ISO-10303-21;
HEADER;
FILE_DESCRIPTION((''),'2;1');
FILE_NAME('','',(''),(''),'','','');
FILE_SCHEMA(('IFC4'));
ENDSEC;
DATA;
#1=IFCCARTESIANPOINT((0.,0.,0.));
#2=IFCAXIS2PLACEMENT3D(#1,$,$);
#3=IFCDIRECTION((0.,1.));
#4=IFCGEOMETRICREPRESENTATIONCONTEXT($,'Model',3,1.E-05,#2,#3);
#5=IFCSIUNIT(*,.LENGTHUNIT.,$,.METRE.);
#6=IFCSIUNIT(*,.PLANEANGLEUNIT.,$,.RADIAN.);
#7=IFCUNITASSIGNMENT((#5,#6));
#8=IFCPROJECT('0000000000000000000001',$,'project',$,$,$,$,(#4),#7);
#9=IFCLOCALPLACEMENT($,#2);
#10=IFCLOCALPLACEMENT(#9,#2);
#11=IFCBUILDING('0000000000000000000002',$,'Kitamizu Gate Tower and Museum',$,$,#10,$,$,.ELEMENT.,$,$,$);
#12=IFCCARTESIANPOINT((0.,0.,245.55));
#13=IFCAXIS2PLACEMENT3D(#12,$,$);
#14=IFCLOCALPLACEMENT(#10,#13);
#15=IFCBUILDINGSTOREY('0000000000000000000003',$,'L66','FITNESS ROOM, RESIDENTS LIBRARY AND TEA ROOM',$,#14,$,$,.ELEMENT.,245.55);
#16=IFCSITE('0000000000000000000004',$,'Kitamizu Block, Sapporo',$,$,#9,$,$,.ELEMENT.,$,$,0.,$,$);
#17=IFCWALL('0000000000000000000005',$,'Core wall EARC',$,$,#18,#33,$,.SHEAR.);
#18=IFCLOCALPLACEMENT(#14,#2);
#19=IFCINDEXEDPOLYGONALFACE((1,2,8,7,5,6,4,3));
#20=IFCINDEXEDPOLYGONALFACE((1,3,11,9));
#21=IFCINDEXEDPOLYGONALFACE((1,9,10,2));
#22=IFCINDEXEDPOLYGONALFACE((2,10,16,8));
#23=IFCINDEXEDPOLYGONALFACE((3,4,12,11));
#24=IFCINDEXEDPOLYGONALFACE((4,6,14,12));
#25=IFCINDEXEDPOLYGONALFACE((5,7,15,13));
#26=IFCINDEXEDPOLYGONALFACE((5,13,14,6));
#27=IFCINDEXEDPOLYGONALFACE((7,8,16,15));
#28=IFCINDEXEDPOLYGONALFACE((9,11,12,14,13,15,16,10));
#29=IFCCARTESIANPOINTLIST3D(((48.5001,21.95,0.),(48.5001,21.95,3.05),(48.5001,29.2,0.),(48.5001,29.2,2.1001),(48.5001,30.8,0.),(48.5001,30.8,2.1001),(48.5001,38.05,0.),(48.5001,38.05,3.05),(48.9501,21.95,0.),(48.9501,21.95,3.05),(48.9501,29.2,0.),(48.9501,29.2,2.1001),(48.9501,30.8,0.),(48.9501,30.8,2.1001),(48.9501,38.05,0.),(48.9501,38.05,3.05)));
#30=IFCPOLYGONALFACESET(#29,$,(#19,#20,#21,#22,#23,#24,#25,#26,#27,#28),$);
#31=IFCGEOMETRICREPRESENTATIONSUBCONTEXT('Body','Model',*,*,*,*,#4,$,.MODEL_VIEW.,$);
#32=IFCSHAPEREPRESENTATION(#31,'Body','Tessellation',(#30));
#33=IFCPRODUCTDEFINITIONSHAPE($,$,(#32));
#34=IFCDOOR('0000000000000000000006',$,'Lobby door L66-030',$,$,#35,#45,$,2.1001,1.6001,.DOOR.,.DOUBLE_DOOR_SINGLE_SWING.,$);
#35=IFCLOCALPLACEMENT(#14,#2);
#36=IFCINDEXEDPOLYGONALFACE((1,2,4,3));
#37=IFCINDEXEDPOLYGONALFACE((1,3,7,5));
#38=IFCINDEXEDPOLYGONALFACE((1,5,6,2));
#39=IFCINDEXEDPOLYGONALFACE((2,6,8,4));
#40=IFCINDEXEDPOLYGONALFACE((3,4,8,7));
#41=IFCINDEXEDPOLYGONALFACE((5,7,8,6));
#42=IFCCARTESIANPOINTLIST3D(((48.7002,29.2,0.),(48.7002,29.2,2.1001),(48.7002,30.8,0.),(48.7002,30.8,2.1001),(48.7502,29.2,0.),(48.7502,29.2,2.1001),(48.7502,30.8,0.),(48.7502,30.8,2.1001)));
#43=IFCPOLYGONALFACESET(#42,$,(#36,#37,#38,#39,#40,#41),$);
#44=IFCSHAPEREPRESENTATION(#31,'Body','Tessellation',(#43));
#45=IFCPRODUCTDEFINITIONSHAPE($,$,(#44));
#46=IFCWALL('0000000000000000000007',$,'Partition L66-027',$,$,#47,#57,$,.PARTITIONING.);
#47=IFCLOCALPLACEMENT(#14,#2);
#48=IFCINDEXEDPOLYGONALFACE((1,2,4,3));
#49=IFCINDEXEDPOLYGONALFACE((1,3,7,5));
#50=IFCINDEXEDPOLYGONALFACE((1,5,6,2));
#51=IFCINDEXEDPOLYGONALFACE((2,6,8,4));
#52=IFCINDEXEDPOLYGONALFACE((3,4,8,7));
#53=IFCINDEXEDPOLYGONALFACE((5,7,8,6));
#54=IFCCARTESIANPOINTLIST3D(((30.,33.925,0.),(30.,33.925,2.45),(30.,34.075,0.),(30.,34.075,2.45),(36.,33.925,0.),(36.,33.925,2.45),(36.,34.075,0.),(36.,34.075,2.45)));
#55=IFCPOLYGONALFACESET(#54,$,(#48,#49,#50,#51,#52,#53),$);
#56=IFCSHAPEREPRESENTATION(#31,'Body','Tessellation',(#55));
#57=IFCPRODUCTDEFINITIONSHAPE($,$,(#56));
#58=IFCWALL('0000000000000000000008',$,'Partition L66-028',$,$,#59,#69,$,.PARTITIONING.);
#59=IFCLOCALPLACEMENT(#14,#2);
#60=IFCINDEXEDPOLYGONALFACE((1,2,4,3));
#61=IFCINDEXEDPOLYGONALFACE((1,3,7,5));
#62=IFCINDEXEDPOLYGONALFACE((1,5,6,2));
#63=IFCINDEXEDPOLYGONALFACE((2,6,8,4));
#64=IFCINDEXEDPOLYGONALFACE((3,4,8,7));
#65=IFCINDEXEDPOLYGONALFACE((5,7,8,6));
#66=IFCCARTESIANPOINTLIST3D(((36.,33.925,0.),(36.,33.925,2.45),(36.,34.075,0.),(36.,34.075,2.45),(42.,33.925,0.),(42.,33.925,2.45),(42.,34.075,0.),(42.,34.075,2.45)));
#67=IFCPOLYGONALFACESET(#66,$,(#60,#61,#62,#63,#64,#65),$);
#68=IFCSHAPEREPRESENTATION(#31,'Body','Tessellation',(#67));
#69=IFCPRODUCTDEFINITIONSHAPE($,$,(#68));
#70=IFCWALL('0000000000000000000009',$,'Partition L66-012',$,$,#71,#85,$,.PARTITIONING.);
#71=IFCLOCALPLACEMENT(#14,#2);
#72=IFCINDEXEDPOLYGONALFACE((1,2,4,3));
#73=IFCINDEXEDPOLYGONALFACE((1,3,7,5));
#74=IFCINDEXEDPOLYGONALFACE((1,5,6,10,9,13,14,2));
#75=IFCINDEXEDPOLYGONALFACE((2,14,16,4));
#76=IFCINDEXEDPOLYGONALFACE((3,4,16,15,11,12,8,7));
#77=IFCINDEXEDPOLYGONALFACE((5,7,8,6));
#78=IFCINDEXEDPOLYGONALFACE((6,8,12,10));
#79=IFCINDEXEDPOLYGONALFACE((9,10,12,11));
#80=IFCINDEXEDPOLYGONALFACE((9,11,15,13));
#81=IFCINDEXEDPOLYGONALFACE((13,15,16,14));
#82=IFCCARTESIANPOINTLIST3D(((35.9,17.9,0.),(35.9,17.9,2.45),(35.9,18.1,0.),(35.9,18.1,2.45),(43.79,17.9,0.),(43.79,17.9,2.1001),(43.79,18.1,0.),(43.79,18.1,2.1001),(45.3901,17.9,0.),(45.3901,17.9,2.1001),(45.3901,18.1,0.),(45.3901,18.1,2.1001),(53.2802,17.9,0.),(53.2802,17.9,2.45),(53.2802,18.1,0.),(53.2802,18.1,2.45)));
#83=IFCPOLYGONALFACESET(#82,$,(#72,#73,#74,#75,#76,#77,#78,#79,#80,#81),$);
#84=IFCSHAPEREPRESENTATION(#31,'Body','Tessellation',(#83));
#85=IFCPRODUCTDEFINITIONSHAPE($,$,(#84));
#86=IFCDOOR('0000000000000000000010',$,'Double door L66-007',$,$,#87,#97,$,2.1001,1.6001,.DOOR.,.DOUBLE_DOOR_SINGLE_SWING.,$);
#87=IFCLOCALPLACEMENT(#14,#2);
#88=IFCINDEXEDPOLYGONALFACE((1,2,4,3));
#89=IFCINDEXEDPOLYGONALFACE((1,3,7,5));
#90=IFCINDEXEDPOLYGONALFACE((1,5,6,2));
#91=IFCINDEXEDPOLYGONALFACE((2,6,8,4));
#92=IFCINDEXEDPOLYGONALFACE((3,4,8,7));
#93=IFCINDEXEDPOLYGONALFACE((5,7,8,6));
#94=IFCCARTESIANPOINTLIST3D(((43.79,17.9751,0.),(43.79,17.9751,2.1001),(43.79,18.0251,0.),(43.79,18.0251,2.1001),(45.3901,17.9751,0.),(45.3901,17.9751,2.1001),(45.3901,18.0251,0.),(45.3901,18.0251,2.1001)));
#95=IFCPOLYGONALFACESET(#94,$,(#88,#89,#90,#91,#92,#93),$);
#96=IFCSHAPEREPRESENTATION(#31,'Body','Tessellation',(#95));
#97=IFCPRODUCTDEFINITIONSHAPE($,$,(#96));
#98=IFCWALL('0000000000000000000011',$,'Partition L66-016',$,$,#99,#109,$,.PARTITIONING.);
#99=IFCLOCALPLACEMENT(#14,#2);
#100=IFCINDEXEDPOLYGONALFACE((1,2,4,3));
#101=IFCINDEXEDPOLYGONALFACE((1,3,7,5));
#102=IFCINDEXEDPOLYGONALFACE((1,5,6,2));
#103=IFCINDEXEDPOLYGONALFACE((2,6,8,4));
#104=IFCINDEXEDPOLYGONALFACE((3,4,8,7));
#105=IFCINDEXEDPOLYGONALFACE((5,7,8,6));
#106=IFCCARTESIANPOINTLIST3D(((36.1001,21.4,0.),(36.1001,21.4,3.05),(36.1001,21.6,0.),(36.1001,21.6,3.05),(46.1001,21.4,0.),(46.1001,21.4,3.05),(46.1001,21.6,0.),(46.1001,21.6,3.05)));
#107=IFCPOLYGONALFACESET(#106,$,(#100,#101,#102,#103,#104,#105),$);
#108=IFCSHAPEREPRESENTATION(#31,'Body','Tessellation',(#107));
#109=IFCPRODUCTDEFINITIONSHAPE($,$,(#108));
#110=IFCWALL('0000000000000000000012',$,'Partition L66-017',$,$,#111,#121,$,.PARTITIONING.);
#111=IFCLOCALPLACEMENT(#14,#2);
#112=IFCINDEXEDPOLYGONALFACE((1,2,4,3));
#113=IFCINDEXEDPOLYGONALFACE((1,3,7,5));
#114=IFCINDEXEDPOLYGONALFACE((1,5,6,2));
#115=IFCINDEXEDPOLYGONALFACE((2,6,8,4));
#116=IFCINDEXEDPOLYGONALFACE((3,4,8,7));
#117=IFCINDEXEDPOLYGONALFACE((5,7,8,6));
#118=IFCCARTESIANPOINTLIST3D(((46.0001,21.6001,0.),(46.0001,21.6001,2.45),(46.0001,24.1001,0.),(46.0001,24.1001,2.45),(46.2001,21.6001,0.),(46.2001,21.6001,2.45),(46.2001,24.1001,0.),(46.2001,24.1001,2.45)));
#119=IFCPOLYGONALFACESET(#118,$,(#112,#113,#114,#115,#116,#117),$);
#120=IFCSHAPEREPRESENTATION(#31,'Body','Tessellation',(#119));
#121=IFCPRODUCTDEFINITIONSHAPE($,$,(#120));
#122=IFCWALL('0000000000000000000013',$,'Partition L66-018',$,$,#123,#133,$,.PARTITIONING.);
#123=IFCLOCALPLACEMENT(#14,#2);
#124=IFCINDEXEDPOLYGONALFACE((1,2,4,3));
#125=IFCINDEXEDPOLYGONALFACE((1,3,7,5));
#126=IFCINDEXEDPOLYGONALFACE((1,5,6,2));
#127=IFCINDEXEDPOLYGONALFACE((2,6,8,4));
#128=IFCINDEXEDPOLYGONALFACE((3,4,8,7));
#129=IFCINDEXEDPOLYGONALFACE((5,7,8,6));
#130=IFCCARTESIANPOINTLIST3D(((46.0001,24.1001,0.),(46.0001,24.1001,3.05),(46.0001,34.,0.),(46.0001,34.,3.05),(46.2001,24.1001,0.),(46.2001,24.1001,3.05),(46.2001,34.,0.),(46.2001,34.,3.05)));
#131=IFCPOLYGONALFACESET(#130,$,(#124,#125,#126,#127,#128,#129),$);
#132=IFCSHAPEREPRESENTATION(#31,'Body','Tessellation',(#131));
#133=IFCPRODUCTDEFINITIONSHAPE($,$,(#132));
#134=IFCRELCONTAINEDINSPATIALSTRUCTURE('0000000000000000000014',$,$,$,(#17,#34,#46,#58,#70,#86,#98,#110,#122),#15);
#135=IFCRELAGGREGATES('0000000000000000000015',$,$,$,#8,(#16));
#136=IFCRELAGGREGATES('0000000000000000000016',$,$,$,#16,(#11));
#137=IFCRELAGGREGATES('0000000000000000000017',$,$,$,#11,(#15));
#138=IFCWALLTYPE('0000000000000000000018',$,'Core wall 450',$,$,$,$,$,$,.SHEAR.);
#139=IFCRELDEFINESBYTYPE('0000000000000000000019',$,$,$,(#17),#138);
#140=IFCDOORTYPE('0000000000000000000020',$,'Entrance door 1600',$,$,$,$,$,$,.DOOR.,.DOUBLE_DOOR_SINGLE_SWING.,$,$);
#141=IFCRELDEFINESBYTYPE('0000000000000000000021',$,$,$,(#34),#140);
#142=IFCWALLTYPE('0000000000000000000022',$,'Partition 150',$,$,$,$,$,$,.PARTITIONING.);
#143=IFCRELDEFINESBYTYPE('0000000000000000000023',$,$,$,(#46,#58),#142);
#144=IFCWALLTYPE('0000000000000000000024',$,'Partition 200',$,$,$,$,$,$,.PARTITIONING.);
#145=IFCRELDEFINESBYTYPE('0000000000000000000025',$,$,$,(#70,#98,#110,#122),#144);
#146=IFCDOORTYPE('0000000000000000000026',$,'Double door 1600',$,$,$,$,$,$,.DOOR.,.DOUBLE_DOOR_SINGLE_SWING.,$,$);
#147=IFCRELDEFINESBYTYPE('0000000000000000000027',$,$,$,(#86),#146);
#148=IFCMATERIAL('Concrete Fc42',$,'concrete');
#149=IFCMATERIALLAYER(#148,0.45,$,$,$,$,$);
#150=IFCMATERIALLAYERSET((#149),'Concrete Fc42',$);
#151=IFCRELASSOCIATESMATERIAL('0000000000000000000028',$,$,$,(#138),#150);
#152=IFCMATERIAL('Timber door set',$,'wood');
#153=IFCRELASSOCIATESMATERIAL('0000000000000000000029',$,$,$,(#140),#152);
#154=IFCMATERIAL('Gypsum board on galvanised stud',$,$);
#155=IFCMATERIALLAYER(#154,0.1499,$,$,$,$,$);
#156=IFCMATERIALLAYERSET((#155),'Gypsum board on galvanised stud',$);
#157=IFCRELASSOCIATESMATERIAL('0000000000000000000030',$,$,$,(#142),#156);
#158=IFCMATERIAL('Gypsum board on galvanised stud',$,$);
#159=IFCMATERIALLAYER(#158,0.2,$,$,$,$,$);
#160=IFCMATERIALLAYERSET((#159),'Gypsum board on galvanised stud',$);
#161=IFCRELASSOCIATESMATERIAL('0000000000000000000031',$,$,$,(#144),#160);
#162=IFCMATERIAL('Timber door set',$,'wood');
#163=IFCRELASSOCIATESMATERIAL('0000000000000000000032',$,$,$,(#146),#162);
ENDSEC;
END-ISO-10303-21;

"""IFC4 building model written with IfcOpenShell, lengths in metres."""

from ifc_helpers import new_model, si_unit, direction, frame, frame_2d, origin, place, context, subcontext, project, spatial, rectangle, extrude, material, layer, layer_set, type_object, element, fill, save


model = new_model("IFC4")

# Units and contexts
model_context = context("Model", 3, precision=1e-05, world=origin(), true_north=direction((0.0, 1.0)))
body_context = subcontext(model_context, "Body", "Model", "MODEL_VIEW")
ifc_project = project(units=[si_unit("LENGTHUNIT", "METRE"), si_unit("PLANEANGLEUNIT", "RADIAN")], contexts=[model_context])

# Site, building, storey
site_placement = place(None, origin())
site = spatial("IfcSite", under=ifc_project, at=site_placement, Name="Kitamizu Block, Sapporo", CompositionType="ELEMENT", RefElevation=0.0)
building_placement = place(site_placement, origin())
building = spatial("IfcBuilding", under=site, at=building_placement, Name="Kitamizu Gate Tower and Museum", CompositionType="ELEMENT")
storey_placement = place(building_placement, frame((0.0, 0.0, 245.55)))
storey = spatial("IfcBuildingStorey", under=building, at=storey_placement, Name="L66", Description="FITNESS ROOM, RESIDENTS LIBRARY AND TEA ROOM", CompositionType="ELEMENT", Elevation=245.55)

# Wall, opening, door
ifc_material_1 = material(Name="Concrete Fc42", Category="concrete")
ifc_layer_1 = layer(ifc_material_1, 0.45)
ifc_layer_set_1 = layer_set([ifc_layer_1], Name="Concrete Fc42")
wall_type_1 = type_object("IfcWallType", Name="Core wall 450", PredefinedType="SHEAR", material=ifc_layer_set_1)
wall_1_placement = place(storey_placement, frame((48.7251, 21.95, 0.0), z_axis=(0.0, 0.0, 1.0), x_axis=(0.0, 1.0, 0.0)))
wall_1 = element("IfcWall", 1, at=wall_1_placement, inside=storey, type_object=wall_type_1, Name="Core wall EARC", PredefinedType="SHEAR", context=body_context, shape_type="SweptSolid", body=[
    extrude(rectangle(XDim=16.1001, YDim=0.45, at=frame_2d((8.05, 0.0))), origin(), (0.0, 0.0, 1.0), 3.05),
])
opening_1_placement = place(wall_1_placement, frame((7.25, 0.0, 0.0)))
opening_1 = element("IfcOpeningElement", 2, at=opening_1_placement, cuts=wall_1, PredefinedType="OPENING", context=body_context, shape_type="SweptSolid", body=[
    extrude(rectangle(XDim=1.6001, YDim=2.1001, at=frame_2d((0.8, 1.05))), frame((0.0, 0.2349, 0.0), z_axis=(0.0, -1.0, 0.0), x_axis=(1.0, 0.0, 0.0)), (0.0, 0.0, 1.0), 0.47),
])
ifc_material_2 = material(Name="Timber door set", Category="wood")
door_type_1 = type_object("IfcDoorType", Name="Entrance door 1600", OperationType="DOUBLE_DOOR_SINGLE_SWING", PredefinedType="DOOR", material=ifc_material_2)
door_1_placement = place(opening_1_placement, origin())
door_1 = element("IfcDoor", 3, at=door_1_placement, inside=storey, type_object=door_type_1, Name="Lobby door L66-030", OperationType="DOUBLE_DOOR_SINGLE_SWING", OverallHeight=2.1001, OverallWidth=1.6001, PredefinedType="DOOR", context=body_context, shape_type="SweptSolid", body=[
    extrude(rectangle(XDim=1.6001, YDim=2.1001, at=frame_2d((0.8, 1.05))), frame((0.0, 0.0249, 0.0), z_axis=(0.0, -1.0, 0.0), x_axis=(1.0, 0.0, 0.0)), (0.0, 0.0, 1.0), 0.05),
])
fill(opening_1, door_1)

# Walls
ifc_material_3 = material(Name="Gypsum board on galvanised stud")
ifc_layer_2 = layer(ifc_material_3, 0.1499)
ifc_layer_set_2 = layer_set([ifc_layer_2], Name="Gypsum board on galvanised stud")
wall_type_2 = type_object("IfcWallType", Name="Partition 150", PredefinedType="PARTITIONING", material=ifc_layer_set_2)
for number, where, z_axis, x_axis, name in (
    (4, (36.0, 34.0, 0.0), (0.0, 0.0, 1.0), (-1.0, 0.0, 0.0), "Partition L66-027"),
    (5, (42.0, 34.0, 0.0), (0.0, 0.0, 1.0), (-1.0, 0.0, 0.0), "Partition L66-028"),
):
    element("IfcWall", number, at=place(storey_placement, frame(where, z_axis=z_axis, x_axis=x_axis)), inside=storey, type_object=wall_type_2, Name=name, PredefinedType="PARTITIONING", context=body_context, shape_type="SweptSolid", body=[
        extrude(rectangle(XDim=6.0, YDim=0.1499, at=frame_2d((3.0, 0.0))), origin(), (0.0, 0.0, 1.0), 2.45),
    ])

# Wall, opening, door
ifc_material_4 = material(Name="Gypsum board on galvanised stud")
ifc_layer_3 = layer(ifc_material_4, 0.2)
ifc_layer_set_3 = layer_set([ifc_layer_3], Name="Gypsum board on galvanised stud")
wall_type_3 = type_object("IfcWallType", Name="Partition 200", PredefinedType="PARTITIONING", material=ifc_layer_set_3)
wall_2_placement = place(storey_placement, frame((53.28, 18.0, 0.0), z_axis=(0.0, 0.0, 1.0), x_axis=(-1.0, 0.0, 0.0)))
wall_2 = element("IfcWall", 6, at=wall_2_placement, inside=storey, type_object=wall_type_3, Name="Partition L66-012", PredefinedType="PARTITIONING", context=body_context, shape_type="SweptSolid", body=[
    extrude(rectangle(XDim=17.3801, YDim=0.2, at=frame_2d((8.6899, 0.0))), origin(), (0.0, 0.0, 1.0), 2.45),
])
opening_2_placement = place(wall_2_placement, frame((7.8899, 0.0, 0.0)))
opening_2 = element("IfcOpeningElement", 7, at=opening_2_placement, cuts=wall_2, PredefinedType="OPENING", context=body_context, shape_type="SweptSolid", body=[
    extrude(rectangle(XDim=1.6001, YDim=2.1001, at=frame_2d((0.8, 1.05))), frame((0.0, 0.1099, 0.0), z_axis=(0.0, -1.0, 0.0), x_axis=(1.0, 0.0, 0.0)), (0.0, 0.0, 1.0), 0.22),
])
ifc_material_5 = material(Name="Timber door set", Category="wood")
door_type_2 = type_object("IfcDoorType", Name="Double door 1600", OperationType="DOUBLE_DOOR_SINGLE_SWING", PredefinedType="DOOR", material=ifc_material_5)
door_2_placement = place(opening_2_placement, origin())
door_2 = element("IfcDoor", 8, at=door_2_placement, inside=storey, type_object=door_type_2, Name="Double door L66-007", OperationType="DOUBLE_DOOR_SINGLE_SWING", OverallHeight=2.1001, OverallWidth=1.6001, PredefinedType="DOOR", context=body_context, shape_type="SweptSolid", body=[
    extrude(rectangle(XDim=1.6001, YDim=2.1001, at=frame_2d((0.8, 1.05))), frame((0.0, 0.0249, 0.0), z_axis=(0.0, -1.0, 0.0), x_axis=(1.0, 0.0, 0.0)), (0.0, 0.0, 1.0), 0.05),
])
fill(opening_2, door_2)

# Walls
wall_3_placement = place(storey_placement, frame((36.1001, 21.5, 0.0), z_axis=(0.0, 0.0, 1.0), x_axis=(1.0, 0.0, 0.0)))
element("IfcWall", 9, at=wall_3_placement, inside=storey, type_object=wall_type_3, Name="Partition L66-016", PredefinedType="PARTITIONING", context=body_context, shape_type="SweptSolid", body=[
    extrude(rectangle(XDim=10.0, YDim=0.2, at=frame_2d((5.0, 0.0))), origin(), (0.0, 0.0, 1.0), 3.05),
])
wall_4_placement = place(storey_placement, frame((46.1001, 21.6001, 0.0), z_axis=(0.0, 0.0, 1.0), x_axis=(0.0, 1.0, 0.0)))
element("IfcWall", 10, at=wall_4_placement, inside=storey, type_object=wall_type_3, Name="Partition L66-017", PredefinedType="PARTITIONING", context=body_context, shape_type="SweptSolid", body=[
    extrude(rectangle(XDim=2.5, YDim=0.2, at=frame_2d((1.25, 0.0))), origin(), (0.0, 0.0, 1.0), 2.45),
])
wall_5_placement = place(storey_placement, frame((46.1001, 24.1001, 0.0), z_axis=(0.0, 0.0, 1.0), x_axis=(0.0, 1.0, 0.0)))
element("IfcWall", 11, at=wall_5_placement, inside=storey, type_object=wall_type_3, Name="Partition L66-018", PredefinedType="PARTITIONING", context=body_context, shape_type="SweptSolid", body=[
    extrude(rectangle(XDim=9.8999, YDim=0.2, at=frame_2d((4.95, 0.0))), origin(), (0.0, 0.0, 1.0), 3.05),
])

save(model, "model.ifc")
